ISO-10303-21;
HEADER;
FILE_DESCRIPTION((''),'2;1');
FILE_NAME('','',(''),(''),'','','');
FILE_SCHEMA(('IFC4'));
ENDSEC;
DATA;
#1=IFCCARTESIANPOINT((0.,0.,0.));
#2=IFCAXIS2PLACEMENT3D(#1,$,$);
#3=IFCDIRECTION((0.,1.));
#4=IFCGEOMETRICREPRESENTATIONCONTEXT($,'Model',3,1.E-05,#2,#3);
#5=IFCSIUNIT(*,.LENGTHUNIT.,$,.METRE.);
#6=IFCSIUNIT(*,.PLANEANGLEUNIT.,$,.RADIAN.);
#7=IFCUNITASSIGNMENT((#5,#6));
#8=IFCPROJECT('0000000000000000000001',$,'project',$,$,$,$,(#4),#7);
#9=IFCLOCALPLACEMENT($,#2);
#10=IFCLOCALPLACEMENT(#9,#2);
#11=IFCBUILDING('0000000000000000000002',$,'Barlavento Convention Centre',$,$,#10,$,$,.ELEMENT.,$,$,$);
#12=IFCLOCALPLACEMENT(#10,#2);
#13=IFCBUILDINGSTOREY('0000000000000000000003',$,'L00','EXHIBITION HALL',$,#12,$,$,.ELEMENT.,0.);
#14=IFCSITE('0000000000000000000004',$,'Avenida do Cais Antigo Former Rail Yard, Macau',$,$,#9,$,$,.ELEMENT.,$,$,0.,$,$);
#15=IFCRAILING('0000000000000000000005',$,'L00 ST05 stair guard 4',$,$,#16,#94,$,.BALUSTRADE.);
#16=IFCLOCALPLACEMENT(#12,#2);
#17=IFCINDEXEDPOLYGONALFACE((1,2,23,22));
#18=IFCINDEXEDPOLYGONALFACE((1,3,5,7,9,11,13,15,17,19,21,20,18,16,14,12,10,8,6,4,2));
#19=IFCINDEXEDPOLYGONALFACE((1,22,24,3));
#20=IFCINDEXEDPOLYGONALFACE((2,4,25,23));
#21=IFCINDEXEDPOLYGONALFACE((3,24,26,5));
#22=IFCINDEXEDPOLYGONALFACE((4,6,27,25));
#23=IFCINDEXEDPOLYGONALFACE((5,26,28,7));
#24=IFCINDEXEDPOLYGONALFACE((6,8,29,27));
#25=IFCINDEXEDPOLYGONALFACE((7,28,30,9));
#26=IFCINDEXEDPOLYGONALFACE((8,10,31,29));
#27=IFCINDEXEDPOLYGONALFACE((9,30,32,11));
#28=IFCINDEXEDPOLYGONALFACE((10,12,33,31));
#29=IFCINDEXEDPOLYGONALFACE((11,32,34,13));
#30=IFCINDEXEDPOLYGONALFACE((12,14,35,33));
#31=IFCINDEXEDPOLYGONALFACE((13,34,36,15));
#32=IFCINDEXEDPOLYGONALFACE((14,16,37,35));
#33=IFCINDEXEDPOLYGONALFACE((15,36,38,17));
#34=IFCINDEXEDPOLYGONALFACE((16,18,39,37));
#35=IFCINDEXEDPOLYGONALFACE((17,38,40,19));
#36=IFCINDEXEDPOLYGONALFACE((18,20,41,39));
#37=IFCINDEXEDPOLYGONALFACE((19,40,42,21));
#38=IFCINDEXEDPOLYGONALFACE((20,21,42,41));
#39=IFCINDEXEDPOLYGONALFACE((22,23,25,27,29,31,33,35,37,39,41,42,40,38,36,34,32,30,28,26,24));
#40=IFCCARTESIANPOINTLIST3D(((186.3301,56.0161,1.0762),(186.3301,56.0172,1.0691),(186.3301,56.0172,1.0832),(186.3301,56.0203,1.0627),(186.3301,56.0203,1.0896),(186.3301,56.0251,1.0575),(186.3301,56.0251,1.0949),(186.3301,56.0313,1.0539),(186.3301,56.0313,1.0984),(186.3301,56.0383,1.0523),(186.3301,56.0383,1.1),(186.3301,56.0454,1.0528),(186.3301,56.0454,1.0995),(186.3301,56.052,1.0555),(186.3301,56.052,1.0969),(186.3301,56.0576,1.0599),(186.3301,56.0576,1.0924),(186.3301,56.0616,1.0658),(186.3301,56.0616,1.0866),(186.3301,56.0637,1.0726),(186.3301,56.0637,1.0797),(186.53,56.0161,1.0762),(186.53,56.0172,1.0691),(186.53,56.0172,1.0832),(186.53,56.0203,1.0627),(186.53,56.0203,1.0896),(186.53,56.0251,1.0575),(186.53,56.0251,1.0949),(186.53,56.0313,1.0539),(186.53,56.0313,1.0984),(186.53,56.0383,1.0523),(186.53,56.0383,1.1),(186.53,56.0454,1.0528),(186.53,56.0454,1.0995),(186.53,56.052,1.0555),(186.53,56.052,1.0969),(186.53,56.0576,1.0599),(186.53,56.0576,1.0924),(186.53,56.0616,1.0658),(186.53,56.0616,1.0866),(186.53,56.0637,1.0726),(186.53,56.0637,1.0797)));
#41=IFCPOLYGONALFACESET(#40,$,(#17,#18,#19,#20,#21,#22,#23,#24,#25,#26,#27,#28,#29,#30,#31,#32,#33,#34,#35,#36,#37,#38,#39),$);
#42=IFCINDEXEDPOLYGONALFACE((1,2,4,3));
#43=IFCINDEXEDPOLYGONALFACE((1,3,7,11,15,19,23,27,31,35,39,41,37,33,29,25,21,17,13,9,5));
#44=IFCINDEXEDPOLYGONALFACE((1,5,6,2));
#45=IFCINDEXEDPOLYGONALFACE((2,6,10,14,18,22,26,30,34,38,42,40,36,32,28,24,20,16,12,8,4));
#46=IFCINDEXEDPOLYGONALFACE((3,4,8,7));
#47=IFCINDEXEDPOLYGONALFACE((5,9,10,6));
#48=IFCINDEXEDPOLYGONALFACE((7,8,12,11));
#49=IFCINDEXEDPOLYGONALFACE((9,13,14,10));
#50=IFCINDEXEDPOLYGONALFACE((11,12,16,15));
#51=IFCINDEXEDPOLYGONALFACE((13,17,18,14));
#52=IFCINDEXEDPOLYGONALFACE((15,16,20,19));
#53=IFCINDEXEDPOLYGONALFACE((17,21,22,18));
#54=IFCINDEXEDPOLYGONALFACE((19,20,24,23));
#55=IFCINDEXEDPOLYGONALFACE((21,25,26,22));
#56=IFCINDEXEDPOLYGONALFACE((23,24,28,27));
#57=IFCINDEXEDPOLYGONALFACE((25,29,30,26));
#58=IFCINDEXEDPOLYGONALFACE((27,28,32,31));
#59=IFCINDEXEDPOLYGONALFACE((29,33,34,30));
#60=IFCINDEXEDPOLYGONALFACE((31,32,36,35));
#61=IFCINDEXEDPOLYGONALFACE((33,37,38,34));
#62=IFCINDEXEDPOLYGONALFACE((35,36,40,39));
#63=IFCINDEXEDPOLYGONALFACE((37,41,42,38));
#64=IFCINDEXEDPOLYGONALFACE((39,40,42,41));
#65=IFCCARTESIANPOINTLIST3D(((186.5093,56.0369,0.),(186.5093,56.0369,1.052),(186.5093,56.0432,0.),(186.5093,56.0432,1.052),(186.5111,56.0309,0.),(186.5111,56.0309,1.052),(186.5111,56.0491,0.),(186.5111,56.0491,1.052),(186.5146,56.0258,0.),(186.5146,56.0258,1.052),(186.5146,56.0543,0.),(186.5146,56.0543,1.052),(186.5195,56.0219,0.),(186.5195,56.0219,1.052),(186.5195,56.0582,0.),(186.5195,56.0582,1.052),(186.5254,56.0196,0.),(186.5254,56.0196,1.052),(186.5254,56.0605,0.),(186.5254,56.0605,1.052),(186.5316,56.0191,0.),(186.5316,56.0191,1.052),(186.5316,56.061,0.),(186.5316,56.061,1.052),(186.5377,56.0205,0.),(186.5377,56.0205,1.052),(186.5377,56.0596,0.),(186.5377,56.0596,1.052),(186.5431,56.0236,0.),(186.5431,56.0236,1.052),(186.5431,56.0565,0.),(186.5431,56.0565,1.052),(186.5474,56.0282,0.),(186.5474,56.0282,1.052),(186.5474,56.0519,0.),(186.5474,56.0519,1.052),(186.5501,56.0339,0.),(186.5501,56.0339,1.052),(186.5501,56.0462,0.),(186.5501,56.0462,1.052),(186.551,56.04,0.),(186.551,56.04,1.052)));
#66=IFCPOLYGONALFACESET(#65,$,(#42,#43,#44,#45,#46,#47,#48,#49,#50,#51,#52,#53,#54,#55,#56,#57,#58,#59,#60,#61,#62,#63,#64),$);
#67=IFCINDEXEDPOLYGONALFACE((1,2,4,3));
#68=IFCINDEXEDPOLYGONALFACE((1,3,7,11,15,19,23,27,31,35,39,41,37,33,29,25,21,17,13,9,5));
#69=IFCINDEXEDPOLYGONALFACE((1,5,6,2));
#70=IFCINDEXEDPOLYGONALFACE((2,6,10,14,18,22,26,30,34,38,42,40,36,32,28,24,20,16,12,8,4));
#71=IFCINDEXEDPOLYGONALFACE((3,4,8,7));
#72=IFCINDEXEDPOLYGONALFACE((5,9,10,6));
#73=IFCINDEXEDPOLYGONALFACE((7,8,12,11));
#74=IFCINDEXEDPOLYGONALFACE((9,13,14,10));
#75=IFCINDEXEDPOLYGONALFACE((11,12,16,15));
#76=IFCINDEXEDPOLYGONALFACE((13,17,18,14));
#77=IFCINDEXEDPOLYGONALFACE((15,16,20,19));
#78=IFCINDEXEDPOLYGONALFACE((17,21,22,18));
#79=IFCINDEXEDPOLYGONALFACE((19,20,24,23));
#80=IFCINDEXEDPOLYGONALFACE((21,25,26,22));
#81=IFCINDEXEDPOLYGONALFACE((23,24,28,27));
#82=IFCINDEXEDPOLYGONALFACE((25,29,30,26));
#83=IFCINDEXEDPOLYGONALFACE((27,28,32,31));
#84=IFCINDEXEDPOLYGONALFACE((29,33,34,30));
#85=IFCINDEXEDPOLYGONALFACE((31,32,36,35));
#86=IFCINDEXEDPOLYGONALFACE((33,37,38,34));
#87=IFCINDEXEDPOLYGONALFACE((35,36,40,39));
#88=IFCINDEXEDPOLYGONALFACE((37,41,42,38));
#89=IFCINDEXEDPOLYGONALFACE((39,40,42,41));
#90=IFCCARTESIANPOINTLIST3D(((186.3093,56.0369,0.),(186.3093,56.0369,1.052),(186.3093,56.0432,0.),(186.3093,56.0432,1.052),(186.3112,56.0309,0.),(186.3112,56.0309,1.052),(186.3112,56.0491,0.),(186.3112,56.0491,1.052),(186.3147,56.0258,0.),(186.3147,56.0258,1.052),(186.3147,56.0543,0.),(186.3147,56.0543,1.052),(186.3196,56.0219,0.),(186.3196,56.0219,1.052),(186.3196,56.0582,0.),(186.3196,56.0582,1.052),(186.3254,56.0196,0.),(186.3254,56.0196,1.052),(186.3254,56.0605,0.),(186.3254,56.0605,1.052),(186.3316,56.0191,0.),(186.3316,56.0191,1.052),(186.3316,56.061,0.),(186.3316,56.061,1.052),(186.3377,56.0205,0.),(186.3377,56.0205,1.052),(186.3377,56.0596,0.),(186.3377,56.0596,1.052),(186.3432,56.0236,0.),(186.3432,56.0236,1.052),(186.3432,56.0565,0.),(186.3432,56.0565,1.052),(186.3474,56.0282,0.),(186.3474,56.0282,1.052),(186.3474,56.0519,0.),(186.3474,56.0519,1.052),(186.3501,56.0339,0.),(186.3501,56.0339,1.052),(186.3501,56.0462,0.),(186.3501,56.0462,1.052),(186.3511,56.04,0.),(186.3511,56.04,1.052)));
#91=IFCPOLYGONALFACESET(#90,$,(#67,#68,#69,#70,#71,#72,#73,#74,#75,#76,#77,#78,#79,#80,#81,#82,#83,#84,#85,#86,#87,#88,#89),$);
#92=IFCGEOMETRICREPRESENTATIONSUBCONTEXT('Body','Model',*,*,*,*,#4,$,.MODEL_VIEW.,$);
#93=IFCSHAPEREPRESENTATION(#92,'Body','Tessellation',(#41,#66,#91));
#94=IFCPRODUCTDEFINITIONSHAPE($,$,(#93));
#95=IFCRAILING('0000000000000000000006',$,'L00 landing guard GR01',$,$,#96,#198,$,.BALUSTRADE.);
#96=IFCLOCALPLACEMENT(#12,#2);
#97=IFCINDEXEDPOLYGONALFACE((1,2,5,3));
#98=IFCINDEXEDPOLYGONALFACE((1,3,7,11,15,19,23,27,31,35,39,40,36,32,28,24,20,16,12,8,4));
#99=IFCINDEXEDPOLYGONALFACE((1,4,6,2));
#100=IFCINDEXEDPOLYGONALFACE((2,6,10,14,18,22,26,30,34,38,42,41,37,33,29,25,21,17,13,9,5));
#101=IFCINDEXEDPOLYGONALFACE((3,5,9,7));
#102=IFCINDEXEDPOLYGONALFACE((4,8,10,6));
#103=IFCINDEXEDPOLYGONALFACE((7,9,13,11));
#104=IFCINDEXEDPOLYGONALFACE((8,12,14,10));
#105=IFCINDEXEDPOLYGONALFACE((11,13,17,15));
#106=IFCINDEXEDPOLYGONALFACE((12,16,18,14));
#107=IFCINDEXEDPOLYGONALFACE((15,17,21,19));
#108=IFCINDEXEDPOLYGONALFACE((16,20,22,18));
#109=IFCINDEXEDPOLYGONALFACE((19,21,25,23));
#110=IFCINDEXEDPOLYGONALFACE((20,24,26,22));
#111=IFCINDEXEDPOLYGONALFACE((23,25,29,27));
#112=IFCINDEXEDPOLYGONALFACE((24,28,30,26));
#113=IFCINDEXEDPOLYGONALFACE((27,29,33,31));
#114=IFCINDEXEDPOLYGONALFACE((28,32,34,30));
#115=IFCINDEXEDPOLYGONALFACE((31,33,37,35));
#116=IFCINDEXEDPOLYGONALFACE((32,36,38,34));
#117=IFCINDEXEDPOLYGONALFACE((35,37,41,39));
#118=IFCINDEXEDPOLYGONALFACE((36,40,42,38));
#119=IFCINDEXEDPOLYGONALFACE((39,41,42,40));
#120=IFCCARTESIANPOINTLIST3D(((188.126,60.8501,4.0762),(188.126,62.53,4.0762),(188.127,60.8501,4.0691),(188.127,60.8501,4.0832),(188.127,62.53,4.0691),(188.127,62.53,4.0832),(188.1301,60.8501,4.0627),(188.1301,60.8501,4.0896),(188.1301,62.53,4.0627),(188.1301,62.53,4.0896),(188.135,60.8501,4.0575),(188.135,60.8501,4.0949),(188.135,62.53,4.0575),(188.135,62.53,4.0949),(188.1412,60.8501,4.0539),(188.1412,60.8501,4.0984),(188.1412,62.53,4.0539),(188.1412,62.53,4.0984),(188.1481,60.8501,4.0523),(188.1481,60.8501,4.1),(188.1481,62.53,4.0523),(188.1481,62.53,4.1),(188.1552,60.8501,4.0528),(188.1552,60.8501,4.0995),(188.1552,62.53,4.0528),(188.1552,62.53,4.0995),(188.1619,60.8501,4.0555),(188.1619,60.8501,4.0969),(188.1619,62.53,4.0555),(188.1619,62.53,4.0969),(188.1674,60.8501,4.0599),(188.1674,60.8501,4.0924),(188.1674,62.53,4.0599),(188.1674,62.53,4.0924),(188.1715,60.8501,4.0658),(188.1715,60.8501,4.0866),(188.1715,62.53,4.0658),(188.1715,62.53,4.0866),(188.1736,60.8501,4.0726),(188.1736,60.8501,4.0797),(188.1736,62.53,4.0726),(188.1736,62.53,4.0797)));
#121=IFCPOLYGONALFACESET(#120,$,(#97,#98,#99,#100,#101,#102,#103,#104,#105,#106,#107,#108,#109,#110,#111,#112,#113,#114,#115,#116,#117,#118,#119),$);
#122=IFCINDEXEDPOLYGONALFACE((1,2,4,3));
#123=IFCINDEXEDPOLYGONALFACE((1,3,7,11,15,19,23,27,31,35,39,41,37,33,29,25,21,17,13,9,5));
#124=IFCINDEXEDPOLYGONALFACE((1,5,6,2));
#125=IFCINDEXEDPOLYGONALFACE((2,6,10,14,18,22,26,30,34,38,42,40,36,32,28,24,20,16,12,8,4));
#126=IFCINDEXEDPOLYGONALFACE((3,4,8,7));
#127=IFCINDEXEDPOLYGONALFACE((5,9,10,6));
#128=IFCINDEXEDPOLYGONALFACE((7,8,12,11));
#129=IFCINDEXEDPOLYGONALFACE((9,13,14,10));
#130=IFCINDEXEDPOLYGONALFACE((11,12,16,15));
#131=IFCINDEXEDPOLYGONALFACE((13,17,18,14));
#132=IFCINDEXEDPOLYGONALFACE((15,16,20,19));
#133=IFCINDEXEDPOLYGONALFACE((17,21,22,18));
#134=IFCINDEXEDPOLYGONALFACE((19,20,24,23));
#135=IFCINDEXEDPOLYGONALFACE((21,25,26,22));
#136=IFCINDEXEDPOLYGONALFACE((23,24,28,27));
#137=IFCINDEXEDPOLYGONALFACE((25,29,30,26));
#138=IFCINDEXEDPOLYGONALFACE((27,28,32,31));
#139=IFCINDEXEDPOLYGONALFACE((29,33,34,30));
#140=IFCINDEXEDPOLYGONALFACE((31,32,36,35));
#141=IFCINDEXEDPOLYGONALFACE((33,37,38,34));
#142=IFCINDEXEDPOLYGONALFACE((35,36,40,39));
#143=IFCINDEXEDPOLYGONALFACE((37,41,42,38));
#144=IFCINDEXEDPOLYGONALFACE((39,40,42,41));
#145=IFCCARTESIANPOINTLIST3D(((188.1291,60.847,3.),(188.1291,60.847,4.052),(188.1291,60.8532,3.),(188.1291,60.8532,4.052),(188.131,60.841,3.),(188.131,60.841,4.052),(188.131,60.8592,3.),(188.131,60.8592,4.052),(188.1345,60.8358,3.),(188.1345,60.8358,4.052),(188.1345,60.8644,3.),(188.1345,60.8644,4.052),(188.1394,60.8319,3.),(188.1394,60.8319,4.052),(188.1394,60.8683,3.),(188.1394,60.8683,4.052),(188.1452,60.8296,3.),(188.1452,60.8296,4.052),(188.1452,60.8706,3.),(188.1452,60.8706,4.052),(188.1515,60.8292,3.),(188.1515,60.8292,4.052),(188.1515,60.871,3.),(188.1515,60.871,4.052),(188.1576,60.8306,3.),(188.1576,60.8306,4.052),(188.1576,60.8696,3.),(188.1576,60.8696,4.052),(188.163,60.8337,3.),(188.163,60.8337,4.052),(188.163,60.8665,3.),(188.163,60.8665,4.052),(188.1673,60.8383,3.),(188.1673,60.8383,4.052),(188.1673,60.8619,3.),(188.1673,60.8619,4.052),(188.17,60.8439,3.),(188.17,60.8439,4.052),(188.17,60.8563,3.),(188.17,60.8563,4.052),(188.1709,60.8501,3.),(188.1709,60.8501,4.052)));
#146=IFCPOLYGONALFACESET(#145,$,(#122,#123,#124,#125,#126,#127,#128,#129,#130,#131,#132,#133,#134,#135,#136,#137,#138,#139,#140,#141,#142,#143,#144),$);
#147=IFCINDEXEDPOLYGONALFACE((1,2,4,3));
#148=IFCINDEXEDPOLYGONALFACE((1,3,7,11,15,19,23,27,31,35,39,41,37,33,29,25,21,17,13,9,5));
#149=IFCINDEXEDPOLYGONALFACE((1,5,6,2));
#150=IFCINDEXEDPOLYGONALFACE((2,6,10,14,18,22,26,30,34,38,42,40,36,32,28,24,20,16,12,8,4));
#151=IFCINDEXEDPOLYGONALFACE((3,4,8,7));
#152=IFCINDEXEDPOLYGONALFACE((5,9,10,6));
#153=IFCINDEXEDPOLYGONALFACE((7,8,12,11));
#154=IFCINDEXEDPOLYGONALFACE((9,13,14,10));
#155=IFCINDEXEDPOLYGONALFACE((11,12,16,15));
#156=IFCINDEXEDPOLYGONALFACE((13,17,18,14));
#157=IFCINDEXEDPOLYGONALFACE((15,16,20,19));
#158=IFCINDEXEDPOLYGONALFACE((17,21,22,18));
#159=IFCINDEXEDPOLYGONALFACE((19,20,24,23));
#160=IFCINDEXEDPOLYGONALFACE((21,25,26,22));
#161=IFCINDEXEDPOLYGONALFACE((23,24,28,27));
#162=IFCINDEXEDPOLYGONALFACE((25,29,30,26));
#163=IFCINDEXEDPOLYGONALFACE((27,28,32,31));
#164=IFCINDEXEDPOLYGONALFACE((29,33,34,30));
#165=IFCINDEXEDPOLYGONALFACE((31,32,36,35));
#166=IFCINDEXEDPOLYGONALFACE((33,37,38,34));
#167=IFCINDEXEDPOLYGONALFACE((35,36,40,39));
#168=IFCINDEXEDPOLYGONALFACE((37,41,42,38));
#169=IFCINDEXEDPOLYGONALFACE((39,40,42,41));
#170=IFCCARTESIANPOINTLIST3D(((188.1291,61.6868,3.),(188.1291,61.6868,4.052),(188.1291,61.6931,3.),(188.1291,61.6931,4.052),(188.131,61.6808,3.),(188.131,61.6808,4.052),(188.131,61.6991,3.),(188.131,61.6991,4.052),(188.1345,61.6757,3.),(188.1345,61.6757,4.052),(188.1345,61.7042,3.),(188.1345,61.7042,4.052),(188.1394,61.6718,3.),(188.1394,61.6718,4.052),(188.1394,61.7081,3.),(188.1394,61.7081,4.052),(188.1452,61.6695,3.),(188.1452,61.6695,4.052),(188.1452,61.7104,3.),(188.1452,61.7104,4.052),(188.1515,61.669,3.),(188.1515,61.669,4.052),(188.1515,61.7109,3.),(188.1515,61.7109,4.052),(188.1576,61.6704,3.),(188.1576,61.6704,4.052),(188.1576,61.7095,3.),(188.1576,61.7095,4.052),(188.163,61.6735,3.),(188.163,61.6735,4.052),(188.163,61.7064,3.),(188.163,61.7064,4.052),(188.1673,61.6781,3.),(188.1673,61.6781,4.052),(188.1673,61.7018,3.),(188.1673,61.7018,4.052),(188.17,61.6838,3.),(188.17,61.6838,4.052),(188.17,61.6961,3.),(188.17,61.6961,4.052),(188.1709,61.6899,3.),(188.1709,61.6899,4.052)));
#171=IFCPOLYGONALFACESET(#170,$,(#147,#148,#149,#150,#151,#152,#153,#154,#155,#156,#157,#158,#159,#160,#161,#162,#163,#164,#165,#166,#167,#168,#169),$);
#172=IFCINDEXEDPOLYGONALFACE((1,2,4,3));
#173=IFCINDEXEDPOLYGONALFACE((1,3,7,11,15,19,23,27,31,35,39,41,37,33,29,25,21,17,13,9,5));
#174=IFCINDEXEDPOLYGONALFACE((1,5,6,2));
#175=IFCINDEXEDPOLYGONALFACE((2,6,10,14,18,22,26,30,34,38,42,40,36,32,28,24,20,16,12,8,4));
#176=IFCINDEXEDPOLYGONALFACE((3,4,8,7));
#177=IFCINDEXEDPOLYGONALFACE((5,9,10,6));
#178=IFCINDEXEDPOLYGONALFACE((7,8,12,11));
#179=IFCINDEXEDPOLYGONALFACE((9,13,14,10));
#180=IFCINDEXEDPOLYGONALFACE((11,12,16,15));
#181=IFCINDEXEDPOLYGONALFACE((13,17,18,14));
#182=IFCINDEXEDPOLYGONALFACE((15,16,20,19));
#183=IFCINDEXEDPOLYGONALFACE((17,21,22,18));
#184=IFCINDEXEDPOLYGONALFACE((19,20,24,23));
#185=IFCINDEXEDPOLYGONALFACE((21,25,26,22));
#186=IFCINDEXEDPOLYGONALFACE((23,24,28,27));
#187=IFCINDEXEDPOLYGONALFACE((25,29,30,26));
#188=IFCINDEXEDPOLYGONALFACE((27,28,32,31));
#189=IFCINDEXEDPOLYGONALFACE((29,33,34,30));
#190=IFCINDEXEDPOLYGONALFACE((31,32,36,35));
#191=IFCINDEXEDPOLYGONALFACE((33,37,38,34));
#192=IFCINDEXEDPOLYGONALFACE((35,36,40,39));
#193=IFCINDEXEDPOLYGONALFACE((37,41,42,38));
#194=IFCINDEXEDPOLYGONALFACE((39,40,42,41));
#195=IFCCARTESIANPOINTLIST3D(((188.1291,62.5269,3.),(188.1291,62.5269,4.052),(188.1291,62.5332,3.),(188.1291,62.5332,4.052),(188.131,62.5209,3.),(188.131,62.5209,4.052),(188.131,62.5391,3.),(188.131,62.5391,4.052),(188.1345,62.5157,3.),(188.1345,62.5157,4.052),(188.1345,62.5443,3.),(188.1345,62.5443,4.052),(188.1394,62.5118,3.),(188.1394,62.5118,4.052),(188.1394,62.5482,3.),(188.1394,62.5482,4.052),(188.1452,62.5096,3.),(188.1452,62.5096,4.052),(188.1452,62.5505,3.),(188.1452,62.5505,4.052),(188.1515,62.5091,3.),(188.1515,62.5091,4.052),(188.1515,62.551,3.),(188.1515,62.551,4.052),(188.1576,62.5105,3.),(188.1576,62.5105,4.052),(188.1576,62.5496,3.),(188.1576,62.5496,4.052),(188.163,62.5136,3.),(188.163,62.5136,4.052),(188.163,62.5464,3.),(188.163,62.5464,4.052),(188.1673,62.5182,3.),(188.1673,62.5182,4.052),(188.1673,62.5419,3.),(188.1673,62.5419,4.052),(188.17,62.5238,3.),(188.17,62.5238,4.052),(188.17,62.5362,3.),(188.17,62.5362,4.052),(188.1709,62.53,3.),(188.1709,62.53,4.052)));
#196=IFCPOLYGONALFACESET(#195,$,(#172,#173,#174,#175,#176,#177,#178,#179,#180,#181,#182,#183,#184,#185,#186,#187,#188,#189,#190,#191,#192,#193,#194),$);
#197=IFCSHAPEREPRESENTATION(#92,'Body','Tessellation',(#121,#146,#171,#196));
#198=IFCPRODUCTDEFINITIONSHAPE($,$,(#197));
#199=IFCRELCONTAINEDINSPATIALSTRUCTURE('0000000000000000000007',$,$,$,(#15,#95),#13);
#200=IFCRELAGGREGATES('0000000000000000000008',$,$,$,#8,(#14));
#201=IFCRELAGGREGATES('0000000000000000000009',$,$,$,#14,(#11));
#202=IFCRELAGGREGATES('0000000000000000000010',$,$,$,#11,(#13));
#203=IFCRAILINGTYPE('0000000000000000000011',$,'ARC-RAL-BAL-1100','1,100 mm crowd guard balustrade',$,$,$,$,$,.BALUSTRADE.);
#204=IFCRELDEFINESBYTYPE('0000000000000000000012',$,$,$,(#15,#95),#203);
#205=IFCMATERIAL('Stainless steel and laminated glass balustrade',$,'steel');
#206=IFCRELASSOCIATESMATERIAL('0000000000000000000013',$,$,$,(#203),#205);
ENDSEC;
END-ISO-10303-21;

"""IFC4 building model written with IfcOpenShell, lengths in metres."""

from ifc_helpers import new_model, si_unit, direction, frame, origin, origin_2d, place, context, subcontext, project, spatial, circle, extrude, material, type_object, element, save


model = new_model("IFC4")

# Units and contexts
model_context = context("Model", 3, precision=1e-05, world=origin(), true_north=direction((0.0, 1.0)))
body_context = subcontext(model_context, "Body", "Model", "MODEL_VIEW")
ifc_project = project(units=[si_unit("LENGTHUNIT", "METRE"), si_unit("PLANEANGLEUNIT", "RADIAN")], contexts=[model_context])

# Site, building, storey
site_placement = place(None, origin())
site = spatial("IfcSite", under=ifc_project, at=site_placement, Name="Avenida do Cais Antigo Former Rail Yard, Macau", CompositionType="ELEMENT", RefElevation=0.0)
building_placement = place(site_placement, origin())
building = spatial("IfcBuilding", under=site, at=building_placement, Name="Barlavento Convention Centre", CompositionType="ELEMENT")
storey_placement = place(building_placement, origin())
storey = spatial("IfcBuildingStorey", under=building, at=storey_placement, Name="L00", Description="EXHIBITION HALL", CompositionType="ELEMENT", Elevation=0.0)

# Railings
ifc_material_1 = material(Name="Stainless steel and laminated glass balustrade", Category="steel")
railing_type_1 = type_object("IfcRailingType", Name="ARC-RAL-BAL-1100", Description="1,100 mm crowd guard balustrade", PredefinedType="BALUSTRADE", material=ifc_material_1)
railing_1_placement = place(storey_placement, frame((186.53, 56.04, 0.0)))
element("IfcRailing", 1, at=railing_1_placement, inside=storey, type_object=railing_type_1, Name="L00 ST05 stair guard 4", PredefinedType="BALUSTRADE", context=body_context, shape_type="SweptSolid", body=[
    extrude(circle(Radius=0.0239, at=origin_2d()), frame((0.0, 0.0, 1.0762), z_axis=(-1.0, 0.0, 0.0), x_axis=(0.0, -1.0, 0.0)), (0.0, 0.0, 1.0), 0.2),
    extrude(circle(Radius=0.021, at=origin_2d()), origin(), (0.0, 0.0, 1.0), 1.052),
    extrude(circle(Radius=0.021, at=origin_2d()), frame((-0.2, 0.0, 0.0)), (0.0, 0.0, 1.0), 1.052),
])
for number, where, name in (
    (2, (188.1499, 60.8501, 3.0), "L00 landing guard GR01"),
):
    element("IfcRailing", number, at=place(storey_placement, frame(where)), inside=storey, type_object=railing_type_1, Name=name, PredefinedType="BALUSTRADE", context=body_context, shape_type="SweptSolid", body=[
        extrude(circle(Radius=0.0239, at=origin_2d()), frame((0.0, 0.0, 1.0762), z_axis=(0.0, 1.0, 0.0), x_axis=(-1.0, 0.0, 0.0)), (0.0, 0.0, 1.0), 1.6799),
        extrude(circle(Radius=0.021, at=origin_2d()), origin(), (0.0, 0.0, 1.0), 1.052),
        extrude(circle(Radius=0.021, at=origin_2d()), frame((0.0, 0.8398, 0.0)), (0.0, 0.0, 1.0), 1.052),
        extrude(circle(Radius=0.021, at=origin_2d()), frame((0.0, 1.6799, 0.0)), (0.0, 0.0, 1.0), 1.052),
    ])

save(model, "model.ifc")
